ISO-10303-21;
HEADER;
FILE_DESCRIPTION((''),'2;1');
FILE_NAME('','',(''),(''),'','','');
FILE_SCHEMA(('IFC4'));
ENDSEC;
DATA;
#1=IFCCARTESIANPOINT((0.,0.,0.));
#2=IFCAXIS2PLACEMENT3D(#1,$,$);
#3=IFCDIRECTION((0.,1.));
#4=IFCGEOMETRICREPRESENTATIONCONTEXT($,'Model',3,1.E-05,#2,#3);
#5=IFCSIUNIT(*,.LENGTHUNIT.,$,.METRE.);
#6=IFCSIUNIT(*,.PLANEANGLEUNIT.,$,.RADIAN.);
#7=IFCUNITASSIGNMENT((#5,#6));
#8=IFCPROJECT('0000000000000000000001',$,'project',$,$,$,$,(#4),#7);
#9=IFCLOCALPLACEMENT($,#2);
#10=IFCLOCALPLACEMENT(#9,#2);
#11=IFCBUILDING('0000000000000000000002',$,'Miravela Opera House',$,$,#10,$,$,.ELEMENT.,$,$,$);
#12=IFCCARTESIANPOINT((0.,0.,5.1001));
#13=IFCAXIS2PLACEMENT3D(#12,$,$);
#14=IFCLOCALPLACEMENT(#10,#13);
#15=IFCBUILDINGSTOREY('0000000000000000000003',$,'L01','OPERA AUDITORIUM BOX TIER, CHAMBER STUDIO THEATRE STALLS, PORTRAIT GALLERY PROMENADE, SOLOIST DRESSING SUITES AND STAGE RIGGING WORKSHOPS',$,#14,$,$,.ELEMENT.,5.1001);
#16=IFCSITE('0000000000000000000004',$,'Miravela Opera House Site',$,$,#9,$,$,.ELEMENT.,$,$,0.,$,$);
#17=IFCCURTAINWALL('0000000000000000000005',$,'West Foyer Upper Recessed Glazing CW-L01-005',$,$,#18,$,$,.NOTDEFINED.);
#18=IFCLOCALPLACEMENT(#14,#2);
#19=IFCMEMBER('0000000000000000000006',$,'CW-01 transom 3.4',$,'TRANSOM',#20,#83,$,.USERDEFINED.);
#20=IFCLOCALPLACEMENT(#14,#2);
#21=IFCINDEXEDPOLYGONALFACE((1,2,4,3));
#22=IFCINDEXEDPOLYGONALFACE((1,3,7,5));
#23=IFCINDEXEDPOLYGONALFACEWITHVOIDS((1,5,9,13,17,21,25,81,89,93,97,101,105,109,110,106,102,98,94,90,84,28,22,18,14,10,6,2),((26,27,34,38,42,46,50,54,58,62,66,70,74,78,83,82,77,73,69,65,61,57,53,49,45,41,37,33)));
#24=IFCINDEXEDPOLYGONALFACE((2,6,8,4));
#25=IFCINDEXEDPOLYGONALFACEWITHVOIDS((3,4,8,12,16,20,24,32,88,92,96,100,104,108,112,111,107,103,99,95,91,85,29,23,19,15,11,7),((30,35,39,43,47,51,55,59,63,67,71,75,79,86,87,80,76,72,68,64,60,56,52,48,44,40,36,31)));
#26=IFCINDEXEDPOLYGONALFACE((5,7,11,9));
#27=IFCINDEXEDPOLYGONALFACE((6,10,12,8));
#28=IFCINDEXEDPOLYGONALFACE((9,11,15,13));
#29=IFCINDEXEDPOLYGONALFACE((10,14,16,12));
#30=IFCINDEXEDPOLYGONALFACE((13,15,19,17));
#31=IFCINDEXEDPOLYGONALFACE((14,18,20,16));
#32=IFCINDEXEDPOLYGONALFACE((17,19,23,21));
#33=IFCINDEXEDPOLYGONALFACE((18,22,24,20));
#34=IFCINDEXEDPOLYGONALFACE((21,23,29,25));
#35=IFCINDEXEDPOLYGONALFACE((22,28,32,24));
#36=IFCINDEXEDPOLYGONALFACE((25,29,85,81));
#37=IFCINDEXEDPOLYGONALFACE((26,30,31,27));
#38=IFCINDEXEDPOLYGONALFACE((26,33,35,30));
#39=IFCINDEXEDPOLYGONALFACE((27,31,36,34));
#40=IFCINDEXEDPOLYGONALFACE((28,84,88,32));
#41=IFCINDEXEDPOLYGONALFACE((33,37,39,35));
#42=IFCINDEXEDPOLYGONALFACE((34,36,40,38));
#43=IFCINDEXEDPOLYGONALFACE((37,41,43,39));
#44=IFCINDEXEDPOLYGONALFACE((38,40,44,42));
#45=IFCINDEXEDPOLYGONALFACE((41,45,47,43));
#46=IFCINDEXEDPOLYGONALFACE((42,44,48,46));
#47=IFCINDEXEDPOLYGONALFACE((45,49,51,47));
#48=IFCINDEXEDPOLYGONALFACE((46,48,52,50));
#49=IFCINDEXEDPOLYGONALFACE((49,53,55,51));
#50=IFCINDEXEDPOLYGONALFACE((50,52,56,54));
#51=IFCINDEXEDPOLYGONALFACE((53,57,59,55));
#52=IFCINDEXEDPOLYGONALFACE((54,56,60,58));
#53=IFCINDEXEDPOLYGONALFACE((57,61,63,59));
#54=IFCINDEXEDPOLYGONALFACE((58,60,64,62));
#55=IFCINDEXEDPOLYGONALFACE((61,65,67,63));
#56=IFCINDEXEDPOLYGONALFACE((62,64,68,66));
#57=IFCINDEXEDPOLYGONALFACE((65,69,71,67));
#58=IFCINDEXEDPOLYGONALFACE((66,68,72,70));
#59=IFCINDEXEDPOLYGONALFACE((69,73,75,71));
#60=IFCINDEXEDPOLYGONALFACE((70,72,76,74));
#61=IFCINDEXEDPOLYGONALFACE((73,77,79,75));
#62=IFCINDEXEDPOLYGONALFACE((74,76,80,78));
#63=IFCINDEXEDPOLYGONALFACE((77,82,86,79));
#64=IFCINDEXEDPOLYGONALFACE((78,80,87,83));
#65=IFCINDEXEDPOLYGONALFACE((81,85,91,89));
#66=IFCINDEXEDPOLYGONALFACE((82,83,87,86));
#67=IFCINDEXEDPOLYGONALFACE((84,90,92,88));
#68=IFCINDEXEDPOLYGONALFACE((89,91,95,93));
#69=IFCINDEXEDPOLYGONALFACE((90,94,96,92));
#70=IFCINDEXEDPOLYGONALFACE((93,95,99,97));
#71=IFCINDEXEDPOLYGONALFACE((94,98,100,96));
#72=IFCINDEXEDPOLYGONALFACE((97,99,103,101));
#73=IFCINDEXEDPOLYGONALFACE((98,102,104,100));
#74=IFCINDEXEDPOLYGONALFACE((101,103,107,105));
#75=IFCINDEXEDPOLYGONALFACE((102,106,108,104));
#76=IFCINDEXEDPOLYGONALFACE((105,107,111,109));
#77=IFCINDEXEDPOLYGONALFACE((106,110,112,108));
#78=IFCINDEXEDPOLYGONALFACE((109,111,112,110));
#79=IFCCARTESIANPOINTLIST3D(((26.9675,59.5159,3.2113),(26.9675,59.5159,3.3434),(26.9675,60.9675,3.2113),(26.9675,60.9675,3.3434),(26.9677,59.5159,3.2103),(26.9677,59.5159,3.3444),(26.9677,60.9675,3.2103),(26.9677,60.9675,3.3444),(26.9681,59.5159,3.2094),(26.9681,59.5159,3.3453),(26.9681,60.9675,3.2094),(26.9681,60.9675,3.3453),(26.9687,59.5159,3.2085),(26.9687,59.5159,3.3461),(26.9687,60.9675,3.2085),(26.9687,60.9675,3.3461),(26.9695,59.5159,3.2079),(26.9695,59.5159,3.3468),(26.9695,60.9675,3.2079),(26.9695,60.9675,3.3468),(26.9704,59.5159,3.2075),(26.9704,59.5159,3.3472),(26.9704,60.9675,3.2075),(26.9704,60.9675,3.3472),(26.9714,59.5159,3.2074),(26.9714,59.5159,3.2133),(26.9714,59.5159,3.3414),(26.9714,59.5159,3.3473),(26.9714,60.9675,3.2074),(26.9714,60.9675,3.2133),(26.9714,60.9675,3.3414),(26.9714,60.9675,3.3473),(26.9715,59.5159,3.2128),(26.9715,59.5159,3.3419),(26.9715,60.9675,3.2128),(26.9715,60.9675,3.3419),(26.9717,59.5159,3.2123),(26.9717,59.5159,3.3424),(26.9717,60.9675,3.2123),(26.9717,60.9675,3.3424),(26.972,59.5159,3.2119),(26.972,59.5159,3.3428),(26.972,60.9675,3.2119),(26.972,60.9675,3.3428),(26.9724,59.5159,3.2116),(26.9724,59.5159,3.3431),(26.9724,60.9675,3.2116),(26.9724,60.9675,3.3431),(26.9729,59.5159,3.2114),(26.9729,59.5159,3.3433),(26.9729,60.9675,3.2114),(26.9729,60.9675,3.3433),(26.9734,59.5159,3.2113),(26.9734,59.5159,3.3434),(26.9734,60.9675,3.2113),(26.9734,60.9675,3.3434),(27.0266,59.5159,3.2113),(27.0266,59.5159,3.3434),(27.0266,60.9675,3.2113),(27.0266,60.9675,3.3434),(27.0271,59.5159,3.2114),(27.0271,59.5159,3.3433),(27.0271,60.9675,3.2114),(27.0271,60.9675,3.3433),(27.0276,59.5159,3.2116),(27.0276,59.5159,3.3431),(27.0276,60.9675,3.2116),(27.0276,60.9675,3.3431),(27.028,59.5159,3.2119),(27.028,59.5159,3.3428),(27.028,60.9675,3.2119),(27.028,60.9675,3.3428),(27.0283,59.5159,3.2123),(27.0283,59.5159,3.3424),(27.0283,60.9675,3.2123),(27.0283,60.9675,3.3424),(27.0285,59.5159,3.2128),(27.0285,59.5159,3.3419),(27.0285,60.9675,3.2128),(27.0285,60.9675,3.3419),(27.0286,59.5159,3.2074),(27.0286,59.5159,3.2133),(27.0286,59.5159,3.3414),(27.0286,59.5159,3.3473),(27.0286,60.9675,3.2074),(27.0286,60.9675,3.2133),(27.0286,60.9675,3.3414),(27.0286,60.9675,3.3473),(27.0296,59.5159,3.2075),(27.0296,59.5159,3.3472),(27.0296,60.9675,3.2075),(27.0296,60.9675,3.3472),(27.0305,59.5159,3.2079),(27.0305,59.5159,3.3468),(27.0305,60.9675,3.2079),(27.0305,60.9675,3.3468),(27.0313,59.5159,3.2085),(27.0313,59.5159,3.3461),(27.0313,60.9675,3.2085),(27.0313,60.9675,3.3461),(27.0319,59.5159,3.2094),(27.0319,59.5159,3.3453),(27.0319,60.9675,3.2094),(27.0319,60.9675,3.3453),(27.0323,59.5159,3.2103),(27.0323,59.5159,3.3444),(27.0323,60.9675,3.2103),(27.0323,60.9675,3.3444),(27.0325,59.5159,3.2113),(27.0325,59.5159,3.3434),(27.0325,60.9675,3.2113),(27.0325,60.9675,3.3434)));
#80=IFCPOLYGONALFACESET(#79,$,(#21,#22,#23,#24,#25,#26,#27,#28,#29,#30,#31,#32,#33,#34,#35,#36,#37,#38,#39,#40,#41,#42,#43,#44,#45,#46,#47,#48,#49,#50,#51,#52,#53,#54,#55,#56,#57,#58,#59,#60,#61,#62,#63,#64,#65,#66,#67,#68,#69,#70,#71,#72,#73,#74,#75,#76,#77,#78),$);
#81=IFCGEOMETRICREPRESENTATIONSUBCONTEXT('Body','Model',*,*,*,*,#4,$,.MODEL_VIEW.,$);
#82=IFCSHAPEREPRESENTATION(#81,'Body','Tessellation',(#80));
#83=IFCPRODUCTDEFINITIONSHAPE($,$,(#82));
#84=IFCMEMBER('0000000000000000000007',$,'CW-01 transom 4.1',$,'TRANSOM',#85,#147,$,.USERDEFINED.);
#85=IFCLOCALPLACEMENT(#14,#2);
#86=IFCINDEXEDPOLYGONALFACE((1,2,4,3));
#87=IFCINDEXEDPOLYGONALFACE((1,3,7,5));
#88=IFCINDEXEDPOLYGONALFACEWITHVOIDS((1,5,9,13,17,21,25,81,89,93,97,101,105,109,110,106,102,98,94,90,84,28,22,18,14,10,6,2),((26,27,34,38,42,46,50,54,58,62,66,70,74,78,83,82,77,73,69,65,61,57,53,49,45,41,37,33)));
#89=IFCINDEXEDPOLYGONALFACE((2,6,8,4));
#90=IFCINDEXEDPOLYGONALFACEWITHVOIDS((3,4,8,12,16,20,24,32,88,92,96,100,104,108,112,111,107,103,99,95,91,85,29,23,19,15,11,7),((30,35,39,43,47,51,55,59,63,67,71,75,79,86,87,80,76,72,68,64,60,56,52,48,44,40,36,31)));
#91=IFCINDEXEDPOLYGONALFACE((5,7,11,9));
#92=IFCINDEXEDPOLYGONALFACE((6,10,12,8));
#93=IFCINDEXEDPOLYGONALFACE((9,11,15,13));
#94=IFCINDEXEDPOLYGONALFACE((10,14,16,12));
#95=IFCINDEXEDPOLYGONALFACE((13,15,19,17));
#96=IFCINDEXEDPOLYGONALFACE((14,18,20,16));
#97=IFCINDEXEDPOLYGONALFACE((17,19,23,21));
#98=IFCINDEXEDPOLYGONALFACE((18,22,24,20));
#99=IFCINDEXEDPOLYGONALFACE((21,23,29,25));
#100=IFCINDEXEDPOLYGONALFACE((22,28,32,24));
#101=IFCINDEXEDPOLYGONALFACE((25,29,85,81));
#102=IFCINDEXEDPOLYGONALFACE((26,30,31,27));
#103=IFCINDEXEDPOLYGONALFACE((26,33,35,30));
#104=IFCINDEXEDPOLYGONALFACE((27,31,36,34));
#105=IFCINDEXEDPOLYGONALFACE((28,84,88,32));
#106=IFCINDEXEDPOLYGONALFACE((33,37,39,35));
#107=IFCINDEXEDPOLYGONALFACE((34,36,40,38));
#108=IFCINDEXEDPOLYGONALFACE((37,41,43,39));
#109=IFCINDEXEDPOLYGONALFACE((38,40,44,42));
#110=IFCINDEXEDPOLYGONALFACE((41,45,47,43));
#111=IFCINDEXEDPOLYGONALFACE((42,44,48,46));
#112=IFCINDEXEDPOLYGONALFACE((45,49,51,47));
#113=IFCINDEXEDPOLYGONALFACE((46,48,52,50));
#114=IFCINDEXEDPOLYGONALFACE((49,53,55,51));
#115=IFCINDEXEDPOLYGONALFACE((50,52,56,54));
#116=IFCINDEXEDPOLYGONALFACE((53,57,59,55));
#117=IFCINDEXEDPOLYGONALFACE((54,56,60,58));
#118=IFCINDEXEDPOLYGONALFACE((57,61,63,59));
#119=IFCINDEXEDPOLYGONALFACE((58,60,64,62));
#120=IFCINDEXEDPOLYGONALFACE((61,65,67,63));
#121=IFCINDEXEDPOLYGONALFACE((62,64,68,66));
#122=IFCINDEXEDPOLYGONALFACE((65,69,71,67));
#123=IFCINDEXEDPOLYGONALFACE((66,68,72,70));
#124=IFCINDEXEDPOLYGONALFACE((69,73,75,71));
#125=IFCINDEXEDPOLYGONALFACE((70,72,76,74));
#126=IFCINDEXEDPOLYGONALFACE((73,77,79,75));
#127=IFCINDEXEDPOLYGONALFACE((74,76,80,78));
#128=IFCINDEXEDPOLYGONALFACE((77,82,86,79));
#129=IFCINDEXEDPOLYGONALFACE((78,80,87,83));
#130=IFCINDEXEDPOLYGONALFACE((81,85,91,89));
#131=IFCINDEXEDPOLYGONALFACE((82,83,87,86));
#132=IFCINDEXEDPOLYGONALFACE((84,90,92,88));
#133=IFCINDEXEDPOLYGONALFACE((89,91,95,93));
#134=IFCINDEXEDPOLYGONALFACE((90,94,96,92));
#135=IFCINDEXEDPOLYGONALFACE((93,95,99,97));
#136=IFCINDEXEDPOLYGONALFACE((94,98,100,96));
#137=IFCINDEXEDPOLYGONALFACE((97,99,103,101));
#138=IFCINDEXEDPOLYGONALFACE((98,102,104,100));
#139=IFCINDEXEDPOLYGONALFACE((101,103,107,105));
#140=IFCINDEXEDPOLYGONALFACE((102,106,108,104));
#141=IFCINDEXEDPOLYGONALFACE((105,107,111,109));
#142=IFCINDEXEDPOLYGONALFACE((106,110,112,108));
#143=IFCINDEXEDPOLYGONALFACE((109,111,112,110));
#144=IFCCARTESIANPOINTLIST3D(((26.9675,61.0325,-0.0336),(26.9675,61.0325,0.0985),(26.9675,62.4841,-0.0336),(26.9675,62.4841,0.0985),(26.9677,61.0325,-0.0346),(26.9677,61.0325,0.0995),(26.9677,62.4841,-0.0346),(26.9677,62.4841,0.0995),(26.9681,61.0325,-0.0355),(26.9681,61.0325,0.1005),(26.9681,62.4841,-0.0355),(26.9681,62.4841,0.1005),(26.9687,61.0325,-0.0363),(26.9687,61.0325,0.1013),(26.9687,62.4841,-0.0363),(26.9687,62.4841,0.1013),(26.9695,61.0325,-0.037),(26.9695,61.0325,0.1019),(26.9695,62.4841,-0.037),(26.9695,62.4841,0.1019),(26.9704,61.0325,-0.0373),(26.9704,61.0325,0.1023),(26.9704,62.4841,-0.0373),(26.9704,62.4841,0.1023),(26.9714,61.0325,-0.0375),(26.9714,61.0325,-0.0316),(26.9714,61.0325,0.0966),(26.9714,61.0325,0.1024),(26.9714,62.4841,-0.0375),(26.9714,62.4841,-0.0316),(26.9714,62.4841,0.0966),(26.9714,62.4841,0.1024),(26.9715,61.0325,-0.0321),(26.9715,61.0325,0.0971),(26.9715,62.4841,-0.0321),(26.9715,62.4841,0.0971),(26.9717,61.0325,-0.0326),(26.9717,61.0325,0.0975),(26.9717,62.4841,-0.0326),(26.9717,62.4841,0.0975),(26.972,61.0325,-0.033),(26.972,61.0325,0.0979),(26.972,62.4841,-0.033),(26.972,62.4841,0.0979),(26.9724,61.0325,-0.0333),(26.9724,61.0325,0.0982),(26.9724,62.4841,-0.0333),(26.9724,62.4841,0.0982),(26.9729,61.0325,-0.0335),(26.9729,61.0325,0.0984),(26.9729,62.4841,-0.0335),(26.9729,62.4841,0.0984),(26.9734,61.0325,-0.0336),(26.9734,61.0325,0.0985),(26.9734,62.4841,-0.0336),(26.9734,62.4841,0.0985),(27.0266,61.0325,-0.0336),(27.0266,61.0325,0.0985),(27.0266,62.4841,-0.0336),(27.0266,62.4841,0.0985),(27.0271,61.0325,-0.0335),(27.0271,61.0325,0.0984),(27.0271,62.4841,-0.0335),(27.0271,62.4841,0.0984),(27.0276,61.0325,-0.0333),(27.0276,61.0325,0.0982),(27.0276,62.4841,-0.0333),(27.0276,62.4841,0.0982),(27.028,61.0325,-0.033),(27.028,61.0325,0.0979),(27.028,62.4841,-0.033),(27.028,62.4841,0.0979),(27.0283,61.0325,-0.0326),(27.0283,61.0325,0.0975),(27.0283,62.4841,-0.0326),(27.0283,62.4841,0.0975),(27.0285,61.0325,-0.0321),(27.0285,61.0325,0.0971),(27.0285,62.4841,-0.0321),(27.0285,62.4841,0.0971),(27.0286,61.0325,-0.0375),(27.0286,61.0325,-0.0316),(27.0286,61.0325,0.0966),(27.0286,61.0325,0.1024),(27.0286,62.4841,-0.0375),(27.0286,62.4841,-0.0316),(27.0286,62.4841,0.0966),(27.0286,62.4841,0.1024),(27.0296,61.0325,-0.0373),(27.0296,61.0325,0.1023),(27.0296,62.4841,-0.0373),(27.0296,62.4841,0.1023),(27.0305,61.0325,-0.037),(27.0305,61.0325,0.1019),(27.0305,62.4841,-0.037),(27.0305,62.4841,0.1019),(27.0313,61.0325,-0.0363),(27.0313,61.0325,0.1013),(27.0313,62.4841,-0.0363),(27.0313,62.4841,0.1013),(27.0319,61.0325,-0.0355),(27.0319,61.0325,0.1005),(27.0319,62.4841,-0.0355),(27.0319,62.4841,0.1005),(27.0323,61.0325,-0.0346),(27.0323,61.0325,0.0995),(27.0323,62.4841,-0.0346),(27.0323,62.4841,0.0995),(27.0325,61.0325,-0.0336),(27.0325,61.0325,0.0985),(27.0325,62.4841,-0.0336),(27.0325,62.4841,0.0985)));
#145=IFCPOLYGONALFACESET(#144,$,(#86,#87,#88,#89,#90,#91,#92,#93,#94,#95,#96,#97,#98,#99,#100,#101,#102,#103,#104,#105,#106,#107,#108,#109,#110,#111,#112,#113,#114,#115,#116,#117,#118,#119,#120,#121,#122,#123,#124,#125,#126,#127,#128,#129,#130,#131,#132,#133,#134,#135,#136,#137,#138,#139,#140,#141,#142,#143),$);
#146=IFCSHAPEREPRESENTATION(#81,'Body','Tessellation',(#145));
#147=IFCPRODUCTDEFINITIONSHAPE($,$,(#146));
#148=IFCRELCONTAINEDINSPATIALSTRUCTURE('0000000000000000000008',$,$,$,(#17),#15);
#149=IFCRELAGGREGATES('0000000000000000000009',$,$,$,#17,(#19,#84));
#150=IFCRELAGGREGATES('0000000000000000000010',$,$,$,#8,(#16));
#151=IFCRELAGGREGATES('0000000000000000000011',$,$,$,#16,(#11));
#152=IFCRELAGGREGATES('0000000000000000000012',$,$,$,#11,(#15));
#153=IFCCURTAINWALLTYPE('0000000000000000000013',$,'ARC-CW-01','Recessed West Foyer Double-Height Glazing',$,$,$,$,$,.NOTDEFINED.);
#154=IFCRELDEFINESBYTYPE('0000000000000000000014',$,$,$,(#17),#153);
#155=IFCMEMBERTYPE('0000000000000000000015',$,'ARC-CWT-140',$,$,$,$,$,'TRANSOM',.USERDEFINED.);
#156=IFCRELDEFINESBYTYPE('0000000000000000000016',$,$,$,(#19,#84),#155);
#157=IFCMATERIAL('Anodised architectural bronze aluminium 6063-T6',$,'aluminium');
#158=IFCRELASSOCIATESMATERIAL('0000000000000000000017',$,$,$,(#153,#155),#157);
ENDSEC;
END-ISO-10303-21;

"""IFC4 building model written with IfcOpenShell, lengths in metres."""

from ifc_helpers import new_model, si_unit, direction, frame, origin, origin_2d, place, context, subcontext, project, spatial, hollow_rectangle, extrude, material, material_profile, profile_set, type_object, element, aggregate, save


model = new_model("IFC4")

# Units and contexts
model_context = context("Model", 3, precision=1e-05, world=origin(), true_north=direction((0.0, 1.0)))
body_context = subcontext(model_context, "Body", "Model", "MODEL_VIEW")
ifc_project = project(units=[si_unit("LENGTHUNIT", "METRE"), si_unit("PLANEANGLEUNIT", "RADIAN")], contexts=[model_context])

# Site, building, storey
site_placement = place(None, origin())
site = spatial("IfcSite", under=ifc_project, at=site_placement, Name="Miravela Opera House Site", CompositionType="ELEMENT", RefElevation=0.0)
building_placement = place(site_placement, origin())
building = spatial("IfcBuilding", under=site, at=building_placement, Name="Miravela Opera House", CompositionType="ELEMENT")
storey_placement = place(building_placement, frame((0.0, 0.0, 5.1001)))
storey = spatial("IfcBuildingStorey", under=building, at=storey_placement, Name="L01", Description="OPERA AUDITORIUM BOX TIER, CHAMBER STUDIO THEATRE STALLS, PORTRAIT GALLERY PROMENADE, SOLOIST DRESSING SUITES AND STAGE RIGGING WORKSHOPS", CompositionType="ELEMENT", Elevation=5.1001)

# Curtain wall, members
ifc_material_1 = material(Name="Anodised architectural bronze aluminium 6063-T6", Category="aluminium")
curtain_wall_type = type_object("IfcCurtainWallType", Name="ARC-CW-01", Description="Recessed West Foyer Double-Height Glazing", PredefinedType="NOTDEFINED", material=ifc_material_1)
curtain_wall_placement = place(storey_placement, origin())
curtain_wall = element("IfcCurtainWall", 1, at=curtain_wall_placement, inside=storey, type_object=curtain_wall_type, Name="West Foyer Upper Recessed Glazing CW-L01-005", PredefinedType="NOTDEFINED")
ifc_material_profile_1 = material_profile(ifc_material_1, hollow_rectangle(XDim=0.0649, YDim=0.1399, WallThickness=0.0039, InnerFilletRadius=0.002, OuterFilletRadius=0.0039, at=origin_2d()), Name="CWT-65X140")
ifc_profile_set_1 = profile_set([ifc_material_profile_1])
member_type_1 = type_object("IfcMemberType", Name="ARC-CWT-140", ElementType="TRANSOM", PredefinedType="USERDEFINED", material=ifc_profile_set_1)
member_1_placement = place(storey_placement, frame((27.0, 59.5159, 3.2773), z_axis=(0.0, 1.0, 0.0), x_axis=(-1.0, 0.0, 0.0)))
member_1 = element("IfcMember", 2, at=member_1_placement, type_object=member_type_1, Name="CW-01 transom 3.4", ObjectType="TRANSOM", PredefinedType="USERDEFINED", context=body_context, shape_type="SweptSolid", body=[
    extrude(hollow_rectangle(XDim=0.0649, YDim=0.1399, WallThickness=0.0039, InnerFilletRadius=0.002, OuterFilletRadius=0.0039, at=origin_2d()), origin(), (0.0, 0.0, 1.0), 1.4517),
])
member_2_placement = place(storey_placement, frame((27.0, 61.0325, 0.0325), z_axis=(0.0, 1.0, 0.0), x_axis=(-1.0, 0.0, 0.0)))
member_2 = element("IfcMember", 3, at=member_2_placement, type_object=member_type_1, Name="CW-01 transom 4.1", ObjectType="TRANSOM", PredefinedType="USERDEFINED", context=body_context, shape_type="SweptSolid", body=[
    extrude(hollow_rectangle(XDim=0.0649, YDim=0.1399, WallThickness=0.0039, InnerFilletRadius=0.002, OuterFilletRadius=0.0039, at=origin_2d()), origin(), (0.0, 0.0, 1.0), 1.4517),
])
aggregate(curtain_wall, [member_1, member_2])

save(model, "model.ifc")
